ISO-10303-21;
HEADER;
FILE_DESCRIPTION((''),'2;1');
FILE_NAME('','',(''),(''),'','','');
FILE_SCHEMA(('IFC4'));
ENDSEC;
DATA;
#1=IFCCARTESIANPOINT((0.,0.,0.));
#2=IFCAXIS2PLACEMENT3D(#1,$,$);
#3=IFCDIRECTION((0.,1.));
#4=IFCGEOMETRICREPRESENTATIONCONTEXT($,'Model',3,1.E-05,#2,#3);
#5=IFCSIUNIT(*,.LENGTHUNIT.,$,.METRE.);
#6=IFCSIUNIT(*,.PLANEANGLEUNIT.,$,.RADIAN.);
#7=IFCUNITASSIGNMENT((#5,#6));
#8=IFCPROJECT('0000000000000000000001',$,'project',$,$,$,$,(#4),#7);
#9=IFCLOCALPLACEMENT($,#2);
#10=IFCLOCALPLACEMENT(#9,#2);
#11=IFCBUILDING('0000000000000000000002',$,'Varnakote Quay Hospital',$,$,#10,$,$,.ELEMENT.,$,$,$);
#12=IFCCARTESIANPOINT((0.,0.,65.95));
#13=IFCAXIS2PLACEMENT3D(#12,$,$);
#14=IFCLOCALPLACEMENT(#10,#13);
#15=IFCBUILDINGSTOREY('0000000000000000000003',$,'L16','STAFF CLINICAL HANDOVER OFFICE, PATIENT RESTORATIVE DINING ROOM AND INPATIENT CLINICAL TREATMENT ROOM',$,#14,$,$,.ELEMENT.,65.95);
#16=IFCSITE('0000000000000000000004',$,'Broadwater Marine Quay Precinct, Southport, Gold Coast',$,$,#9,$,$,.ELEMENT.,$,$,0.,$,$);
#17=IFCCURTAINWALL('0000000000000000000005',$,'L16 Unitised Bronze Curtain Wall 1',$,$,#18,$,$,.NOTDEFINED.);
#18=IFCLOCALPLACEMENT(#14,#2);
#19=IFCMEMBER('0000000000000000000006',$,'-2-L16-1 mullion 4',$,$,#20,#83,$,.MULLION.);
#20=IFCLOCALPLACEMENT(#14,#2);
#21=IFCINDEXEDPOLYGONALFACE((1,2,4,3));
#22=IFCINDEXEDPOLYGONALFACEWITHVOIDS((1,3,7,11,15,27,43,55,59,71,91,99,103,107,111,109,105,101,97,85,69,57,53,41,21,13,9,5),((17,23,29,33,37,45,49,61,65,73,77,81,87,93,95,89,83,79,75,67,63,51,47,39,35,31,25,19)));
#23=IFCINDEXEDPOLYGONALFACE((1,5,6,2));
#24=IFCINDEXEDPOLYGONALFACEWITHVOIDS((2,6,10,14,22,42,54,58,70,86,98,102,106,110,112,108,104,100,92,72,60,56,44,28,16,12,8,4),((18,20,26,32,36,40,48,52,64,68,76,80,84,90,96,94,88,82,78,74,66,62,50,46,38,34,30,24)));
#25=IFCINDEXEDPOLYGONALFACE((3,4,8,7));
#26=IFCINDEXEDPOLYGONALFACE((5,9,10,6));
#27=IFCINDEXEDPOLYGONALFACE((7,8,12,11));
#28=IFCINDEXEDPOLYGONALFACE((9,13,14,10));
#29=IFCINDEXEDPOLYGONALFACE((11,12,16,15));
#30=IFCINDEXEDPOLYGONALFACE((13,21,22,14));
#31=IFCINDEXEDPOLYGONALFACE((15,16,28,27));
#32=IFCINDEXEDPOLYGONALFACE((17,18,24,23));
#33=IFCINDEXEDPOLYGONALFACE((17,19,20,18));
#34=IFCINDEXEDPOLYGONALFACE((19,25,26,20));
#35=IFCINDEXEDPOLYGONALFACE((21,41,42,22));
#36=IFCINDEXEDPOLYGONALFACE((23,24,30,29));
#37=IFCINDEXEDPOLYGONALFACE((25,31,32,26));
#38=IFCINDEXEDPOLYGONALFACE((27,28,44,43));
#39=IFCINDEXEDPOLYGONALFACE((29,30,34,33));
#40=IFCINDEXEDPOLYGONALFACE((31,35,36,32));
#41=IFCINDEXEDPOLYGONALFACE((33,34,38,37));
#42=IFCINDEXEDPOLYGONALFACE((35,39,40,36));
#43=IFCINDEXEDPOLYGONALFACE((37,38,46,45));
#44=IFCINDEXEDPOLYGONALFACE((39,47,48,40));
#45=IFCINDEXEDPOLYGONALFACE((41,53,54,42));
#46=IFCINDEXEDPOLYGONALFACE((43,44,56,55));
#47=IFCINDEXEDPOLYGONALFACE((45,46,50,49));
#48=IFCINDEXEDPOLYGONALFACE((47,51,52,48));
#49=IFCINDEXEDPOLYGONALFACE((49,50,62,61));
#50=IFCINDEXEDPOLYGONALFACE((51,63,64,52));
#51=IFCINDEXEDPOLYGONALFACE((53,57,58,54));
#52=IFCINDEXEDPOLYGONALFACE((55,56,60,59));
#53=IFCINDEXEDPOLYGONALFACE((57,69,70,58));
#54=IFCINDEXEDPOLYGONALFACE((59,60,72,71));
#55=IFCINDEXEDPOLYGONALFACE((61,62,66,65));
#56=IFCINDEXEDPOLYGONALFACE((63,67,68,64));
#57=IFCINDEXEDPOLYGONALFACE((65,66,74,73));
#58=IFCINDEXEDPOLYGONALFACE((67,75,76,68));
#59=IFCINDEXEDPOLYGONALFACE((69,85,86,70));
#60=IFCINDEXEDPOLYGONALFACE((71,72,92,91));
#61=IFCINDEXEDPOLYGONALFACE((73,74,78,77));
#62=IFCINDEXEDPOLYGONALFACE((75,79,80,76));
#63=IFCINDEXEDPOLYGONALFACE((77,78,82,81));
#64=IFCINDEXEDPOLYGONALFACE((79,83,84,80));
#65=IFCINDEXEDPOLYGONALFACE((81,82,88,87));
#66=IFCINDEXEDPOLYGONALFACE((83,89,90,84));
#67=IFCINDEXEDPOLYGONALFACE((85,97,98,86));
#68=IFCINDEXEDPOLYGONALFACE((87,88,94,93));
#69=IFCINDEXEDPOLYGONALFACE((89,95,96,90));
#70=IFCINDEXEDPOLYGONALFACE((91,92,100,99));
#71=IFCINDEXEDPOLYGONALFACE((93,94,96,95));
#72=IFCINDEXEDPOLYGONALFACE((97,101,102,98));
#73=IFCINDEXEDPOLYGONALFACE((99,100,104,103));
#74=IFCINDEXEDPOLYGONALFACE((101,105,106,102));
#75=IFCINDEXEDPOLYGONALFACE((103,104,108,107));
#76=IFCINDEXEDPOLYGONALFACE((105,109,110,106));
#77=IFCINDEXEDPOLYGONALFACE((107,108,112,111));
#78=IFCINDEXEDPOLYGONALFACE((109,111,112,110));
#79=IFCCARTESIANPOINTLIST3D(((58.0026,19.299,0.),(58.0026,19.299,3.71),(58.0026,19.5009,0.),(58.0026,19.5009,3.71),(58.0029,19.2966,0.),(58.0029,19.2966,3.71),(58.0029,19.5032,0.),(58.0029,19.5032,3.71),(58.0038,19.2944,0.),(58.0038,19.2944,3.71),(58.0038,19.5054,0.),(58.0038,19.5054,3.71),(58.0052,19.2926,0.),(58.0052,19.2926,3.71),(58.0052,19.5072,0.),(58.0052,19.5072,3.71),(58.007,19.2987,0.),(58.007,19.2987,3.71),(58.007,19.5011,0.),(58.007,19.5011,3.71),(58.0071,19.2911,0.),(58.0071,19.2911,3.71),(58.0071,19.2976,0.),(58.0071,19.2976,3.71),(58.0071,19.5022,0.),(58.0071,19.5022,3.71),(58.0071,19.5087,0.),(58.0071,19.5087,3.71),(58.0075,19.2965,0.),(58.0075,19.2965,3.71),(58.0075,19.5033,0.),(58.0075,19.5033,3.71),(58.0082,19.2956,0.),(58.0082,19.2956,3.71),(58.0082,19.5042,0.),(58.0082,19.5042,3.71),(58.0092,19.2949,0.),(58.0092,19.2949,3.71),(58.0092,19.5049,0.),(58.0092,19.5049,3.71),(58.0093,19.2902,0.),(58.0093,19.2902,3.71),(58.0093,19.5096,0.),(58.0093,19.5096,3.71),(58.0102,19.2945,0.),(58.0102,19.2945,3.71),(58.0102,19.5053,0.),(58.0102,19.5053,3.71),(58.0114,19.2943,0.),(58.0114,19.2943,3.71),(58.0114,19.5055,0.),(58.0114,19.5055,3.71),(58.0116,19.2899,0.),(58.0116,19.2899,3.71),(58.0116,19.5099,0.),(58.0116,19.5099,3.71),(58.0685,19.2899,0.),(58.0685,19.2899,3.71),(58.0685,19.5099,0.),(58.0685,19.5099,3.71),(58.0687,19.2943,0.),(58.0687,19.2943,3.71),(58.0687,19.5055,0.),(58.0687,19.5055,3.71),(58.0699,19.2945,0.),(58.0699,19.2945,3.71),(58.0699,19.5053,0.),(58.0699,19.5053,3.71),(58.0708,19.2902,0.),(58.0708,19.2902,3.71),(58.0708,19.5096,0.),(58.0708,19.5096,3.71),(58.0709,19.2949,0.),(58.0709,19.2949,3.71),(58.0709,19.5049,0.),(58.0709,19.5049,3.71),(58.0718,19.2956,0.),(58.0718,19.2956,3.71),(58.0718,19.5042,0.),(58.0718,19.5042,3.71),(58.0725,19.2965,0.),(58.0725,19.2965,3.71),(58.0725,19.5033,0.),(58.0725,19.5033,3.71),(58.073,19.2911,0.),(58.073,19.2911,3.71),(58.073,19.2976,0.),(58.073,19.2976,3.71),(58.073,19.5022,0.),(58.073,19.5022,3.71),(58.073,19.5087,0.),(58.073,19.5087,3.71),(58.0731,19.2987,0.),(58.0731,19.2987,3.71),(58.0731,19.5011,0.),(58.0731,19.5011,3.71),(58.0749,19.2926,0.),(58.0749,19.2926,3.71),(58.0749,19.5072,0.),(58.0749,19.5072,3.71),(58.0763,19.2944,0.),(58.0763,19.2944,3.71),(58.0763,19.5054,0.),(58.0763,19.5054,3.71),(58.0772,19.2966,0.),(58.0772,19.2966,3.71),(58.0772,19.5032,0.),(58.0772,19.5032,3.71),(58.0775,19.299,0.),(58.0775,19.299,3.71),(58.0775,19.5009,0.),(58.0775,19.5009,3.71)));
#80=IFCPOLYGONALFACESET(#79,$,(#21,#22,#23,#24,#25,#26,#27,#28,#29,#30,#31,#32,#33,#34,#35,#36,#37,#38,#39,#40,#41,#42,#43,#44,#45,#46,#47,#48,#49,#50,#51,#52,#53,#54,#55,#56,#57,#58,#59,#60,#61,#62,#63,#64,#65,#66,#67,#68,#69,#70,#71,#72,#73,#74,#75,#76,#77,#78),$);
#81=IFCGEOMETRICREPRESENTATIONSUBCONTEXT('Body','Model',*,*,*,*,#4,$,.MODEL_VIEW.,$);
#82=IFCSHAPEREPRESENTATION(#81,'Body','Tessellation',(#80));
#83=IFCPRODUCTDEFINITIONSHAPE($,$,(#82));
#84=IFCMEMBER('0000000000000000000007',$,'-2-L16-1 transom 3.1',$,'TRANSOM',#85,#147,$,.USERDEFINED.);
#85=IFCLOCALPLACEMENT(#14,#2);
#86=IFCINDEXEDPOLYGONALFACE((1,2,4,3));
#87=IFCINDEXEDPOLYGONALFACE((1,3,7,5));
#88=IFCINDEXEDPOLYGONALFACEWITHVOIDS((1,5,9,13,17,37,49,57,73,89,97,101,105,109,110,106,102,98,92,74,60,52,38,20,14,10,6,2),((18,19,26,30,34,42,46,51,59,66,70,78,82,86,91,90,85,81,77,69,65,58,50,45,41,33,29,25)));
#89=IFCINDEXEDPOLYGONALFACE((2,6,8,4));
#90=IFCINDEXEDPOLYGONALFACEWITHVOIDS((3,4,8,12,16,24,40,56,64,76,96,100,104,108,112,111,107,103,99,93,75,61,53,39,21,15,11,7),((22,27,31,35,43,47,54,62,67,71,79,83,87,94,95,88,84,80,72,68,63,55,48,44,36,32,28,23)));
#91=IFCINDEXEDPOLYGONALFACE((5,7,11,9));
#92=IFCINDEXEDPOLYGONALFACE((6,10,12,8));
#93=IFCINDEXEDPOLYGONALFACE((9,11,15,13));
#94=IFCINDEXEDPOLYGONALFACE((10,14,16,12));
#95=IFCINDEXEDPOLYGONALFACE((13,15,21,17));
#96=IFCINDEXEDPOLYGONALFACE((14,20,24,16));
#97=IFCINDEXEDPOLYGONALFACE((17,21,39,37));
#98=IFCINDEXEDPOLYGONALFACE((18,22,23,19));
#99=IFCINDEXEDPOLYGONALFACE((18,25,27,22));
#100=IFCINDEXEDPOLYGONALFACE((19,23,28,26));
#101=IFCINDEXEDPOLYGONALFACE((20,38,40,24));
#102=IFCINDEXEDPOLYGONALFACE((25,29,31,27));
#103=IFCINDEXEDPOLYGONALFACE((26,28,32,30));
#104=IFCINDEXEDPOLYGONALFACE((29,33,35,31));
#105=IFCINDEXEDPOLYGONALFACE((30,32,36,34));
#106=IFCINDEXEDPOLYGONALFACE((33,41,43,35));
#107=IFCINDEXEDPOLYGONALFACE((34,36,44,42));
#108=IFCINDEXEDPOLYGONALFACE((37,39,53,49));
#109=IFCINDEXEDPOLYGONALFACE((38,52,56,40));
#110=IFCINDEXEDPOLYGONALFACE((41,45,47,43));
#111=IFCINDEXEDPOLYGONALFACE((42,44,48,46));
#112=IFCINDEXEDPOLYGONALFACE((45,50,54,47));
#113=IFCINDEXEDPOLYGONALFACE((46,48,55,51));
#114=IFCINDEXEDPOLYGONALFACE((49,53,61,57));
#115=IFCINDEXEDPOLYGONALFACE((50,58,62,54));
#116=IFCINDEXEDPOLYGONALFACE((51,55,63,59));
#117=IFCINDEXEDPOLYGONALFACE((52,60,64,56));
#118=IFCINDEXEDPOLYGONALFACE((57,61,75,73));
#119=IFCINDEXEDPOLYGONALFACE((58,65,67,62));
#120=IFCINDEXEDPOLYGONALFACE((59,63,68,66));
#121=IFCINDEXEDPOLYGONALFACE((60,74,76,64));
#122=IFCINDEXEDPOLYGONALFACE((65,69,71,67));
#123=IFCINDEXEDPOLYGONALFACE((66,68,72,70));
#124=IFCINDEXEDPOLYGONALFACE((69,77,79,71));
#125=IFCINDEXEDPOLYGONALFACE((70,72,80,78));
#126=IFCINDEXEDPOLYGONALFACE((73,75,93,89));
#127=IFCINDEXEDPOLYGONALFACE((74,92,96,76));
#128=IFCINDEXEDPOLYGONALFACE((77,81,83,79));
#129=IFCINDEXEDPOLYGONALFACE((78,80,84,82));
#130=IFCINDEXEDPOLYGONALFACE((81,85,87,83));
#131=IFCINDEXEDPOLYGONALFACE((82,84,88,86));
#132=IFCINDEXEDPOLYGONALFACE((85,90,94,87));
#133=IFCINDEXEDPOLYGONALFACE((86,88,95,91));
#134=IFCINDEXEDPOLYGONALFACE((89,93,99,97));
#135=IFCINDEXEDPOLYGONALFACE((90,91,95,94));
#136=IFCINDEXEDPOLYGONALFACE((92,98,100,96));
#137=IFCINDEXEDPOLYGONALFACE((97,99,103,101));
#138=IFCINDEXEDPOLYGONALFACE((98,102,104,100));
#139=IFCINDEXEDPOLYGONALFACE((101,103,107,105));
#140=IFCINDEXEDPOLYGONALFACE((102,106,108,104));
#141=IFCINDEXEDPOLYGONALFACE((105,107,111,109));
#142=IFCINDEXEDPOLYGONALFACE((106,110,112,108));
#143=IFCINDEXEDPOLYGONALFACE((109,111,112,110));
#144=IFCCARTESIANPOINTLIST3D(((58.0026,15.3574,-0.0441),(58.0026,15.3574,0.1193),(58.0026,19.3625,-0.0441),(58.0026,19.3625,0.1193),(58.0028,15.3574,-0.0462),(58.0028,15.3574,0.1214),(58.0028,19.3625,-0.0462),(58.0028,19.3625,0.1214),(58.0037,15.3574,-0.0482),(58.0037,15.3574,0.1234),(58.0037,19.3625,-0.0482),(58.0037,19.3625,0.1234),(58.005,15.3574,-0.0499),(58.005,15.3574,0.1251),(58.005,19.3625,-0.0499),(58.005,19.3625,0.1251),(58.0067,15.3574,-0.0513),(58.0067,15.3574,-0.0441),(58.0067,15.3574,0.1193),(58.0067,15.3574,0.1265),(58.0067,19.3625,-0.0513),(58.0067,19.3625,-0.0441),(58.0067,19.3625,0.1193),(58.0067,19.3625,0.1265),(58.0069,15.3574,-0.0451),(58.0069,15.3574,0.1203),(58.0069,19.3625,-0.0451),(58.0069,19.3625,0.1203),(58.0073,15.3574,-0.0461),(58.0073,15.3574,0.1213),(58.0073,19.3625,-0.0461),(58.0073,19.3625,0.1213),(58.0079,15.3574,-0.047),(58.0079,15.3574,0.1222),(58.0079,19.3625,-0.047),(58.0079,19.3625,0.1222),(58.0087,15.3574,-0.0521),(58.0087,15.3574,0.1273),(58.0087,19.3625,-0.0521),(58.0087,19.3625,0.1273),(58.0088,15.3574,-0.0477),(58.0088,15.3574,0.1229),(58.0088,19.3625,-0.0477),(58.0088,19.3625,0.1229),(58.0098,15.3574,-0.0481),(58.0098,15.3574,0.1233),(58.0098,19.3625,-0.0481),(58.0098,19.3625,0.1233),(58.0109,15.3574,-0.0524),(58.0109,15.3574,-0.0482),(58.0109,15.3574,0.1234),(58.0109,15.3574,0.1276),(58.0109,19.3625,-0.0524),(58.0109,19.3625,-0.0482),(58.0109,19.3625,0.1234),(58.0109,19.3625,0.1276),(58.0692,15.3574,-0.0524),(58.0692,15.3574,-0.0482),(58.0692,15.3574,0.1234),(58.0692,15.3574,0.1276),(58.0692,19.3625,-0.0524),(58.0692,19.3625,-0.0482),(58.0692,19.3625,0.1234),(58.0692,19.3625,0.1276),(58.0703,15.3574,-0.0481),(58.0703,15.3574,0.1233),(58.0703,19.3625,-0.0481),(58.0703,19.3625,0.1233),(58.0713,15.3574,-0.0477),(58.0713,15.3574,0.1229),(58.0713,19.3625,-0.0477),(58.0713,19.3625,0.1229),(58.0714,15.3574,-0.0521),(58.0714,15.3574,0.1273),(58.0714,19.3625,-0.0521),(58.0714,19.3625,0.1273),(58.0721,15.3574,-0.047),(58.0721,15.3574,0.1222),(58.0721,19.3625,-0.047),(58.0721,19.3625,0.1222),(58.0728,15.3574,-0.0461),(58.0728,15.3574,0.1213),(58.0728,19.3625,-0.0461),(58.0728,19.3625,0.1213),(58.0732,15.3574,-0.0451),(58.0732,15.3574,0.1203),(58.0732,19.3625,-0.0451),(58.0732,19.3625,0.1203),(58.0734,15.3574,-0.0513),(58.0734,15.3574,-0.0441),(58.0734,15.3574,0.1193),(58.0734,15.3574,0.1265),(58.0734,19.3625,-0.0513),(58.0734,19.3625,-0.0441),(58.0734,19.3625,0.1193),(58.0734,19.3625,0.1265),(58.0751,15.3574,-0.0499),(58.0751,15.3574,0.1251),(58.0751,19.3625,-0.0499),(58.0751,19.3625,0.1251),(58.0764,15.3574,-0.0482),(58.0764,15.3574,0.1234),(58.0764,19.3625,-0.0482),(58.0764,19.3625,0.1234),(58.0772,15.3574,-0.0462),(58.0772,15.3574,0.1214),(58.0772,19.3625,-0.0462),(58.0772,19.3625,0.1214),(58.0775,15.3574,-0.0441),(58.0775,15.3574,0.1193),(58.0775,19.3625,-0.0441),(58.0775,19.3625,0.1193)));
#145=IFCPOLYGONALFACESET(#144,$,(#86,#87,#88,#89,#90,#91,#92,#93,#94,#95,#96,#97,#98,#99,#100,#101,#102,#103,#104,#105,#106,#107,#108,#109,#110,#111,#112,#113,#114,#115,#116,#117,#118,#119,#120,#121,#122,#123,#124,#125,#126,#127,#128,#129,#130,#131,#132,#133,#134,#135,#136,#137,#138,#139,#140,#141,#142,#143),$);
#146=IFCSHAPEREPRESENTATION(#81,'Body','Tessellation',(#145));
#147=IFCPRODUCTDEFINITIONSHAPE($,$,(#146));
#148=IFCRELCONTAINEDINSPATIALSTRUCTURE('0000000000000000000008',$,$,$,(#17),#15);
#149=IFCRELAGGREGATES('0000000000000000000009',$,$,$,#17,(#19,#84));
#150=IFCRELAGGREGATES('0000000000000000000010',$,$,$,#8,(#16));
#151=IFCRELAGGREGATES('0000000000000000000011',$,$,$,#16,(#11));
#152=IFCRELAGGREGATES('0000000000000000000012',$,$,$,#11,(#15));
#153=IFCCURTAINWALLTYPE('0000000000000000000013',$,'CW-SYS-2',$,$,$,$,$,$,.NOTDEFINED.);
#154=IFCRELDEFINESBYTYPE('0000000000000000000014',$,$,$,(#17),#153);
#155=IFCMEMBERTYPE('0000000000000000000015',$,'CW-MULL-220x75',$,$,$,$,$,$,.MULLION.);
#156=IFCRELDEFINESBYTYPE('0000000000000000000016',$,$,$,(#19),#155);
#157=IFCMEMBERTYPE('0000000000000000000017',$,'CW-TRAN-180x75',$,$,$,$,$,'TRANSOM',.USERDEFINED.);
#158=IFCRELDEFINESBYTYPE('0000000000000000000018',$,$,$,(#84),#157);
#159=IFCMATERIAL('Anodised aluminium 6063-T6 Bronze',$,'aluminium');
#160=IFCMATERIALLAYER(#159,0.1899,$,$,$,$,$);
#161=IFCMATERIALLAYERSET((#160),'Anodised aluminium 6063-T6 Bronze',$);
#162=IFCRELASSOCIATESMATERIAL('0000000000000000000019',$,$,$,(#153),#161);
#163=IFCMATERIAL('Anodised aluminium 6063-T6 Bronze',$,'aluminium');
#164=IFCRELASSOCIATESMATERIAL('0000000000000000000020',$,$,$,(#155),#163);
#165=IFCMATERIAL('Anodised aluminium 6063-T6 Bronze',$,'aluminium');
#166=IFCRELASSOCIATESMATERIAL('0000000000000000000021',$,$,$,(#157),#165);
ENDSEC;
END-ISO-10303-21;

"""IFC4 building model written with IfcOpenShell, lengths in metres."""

from ifc_helpers import new_model, si_unit, direction, frame, origin, origin_2d, place, context, subcontext, project, spatial, hollow_rectangle, extrude, material, layer, layer_set, material_profile, profile_set, type_object, element, aggregate, save


model = new_model("IFC4")

# Units and contexts
model_context = context("Model", 3, precision=1e-05, world=origin(), true_north=direction((0.0, 1.0)))
body_context = subcontext(model_context, "Body", "Model", "MODEL_VIEW")
ifc_project = project(units=[si_unit("LENGTHUNIT", "METRE"), si_unit("PLANEANGLEUNIT", "RADIAN")], contexts=[model_context])

# Site, building, storey
site_placement = place(None, origin())
site = spatial("IfcSite", under=ifc_project, at=site_placement, Name="Broadwater Marine Quay Precinct, Southport, Gold Coast", CompositionType="ELEMENT", RefElevation=0.0)
building_placement = place(site_placement, origin())
building = spatial("IfcBuilding", under=site, at=building_placement, Name="Varnakote Quay Hospital", CompositionType="ELEMENT")
storey_placement = place(building_placement, frame((0.0, 0.0, 65.95)))
storey = spatial("IfcBuildingStorey", under=building, at=storey_placement, Name="L16", Description="STAFF CLINICAL HANDOVER OFFICE, PATIENT RESTORATIVE DINING ROOM AND INPATIENT CLINICAL TREATMENT ROOM", CompositionType="ELEMENT", Elevation=65.95)

# Curtain wall, members
ifc_material_1 = material(Name="Anodised aluminium 6063-T6 Bronze", Category="aluminium")
ifc_layer_1 = layer(ifc_material_1, 0.1899)
ifc_layer_set_1 = layer_set([ifc_layer_1], Name="Anodised aluminium 6063-T6 Bronze")
curtain_wall_type = type_object("IfcCurtainWallType", Name="CW-SYS-2", PredefinedType="NOTDEFINED", material=ifc_layer_set_1)
curtain_wall_placement = place(storey_placement, origin())
curtain_wall = element("IfcCurtainWall", 1, at=curtain_wall_placement, inside=storey, type_object=curtain_wall_type, Name="L16 Unitised Bronze Curtain Wall 1", PredefinedType="NOTDEFINED")
ifc_material_2 = material(Name="Anodised aluminium 6063-T6 Bronze", Category="aluminium")
ifc_material_profile_1 = material_profile(ifc_material_2, hollow_rectangle(XDim=0.075, YDim=0.22, WallThickness=0.0044, InnerFilletRadius=0.0044, OuterFilletRadius=0.009, at=origin_2d()), Name="CW-MULL-220x75")
ifc_profile_set_1 = profile_set([ifc_material_profile_1], Name="Anodised aluminium 6063-T6 Bronze")
member_type_1 = type_object("IfcMemberType", Name="CW-MULL-220x75", PredefinedType="MULLION", material=ifc_profile_set_1)
member_1_placement = place(storey_placement, frame((58.04, 19.3999, 0.0), z_axis=(0.0, 0.0, 1.0), x_axis=(-1.0, 0.0, 0.0)))
member_1 = element("IfcMember", 2, at=member_1_placement, type_object=member_type_1, Name="-2-L16-1 mullion 4", PredefinedType="MULLION", context=body_context, shape_type="SweptSolid", body=[
    extrude(hollow_rectangle(XDim=0.075, YDim=0.22, WallThickness=0.0044, InnerFilletRadius=0.0044, OuterFilletRadius=0.009, at=origin_2d()), origin(), (0.0, 0.0, 1.0), 3.71),
])
ifc_material_3 = material(Name="Anodised aluminium 6063-T6 Bronze", Category="aluminium")
ifc_material_profile_2 = material_profile(ifc_material_3, hollow_rectangle(XDim=0.075, YDim=0.1799, WallThickness=0.0042, InnerFilletRadius=0.0042, OuterFilletRadius=0.0083, at=origin_2d()), Name="CW-TRAN-180x75")
ifc_profile_set_2 = profile_set([ifc_material_profile_2], Name="Anodised aluminium 6063-T6 Bronze")
member_type_2 = type_object("IfcMemberType", Name="CW-TRAN-180x75", ElementType="TRANSOM", PredefinedType="USERDEFINED", material=ifc_profile_set_2)
member_2_placement = place(storey_placement, frame((58.04, 15.3574, 0.0376), z_axis=(0.0, 1.0, 0.0), x_axis=(-1.0, 0.0, 0.0)))
member_2 = element("IfcMember", 3, at=member_2_placement, type_object=member_type_2, Name="-2-L16-1 transom 3.1", ObjectType="TRANSOM", PredefinedType="USERDEFINED", context=body_context, shape_type="SweptSolid", body=[
    extrude(hollow_rectangle(XDim=0.075, YDim=0.1799, WallThickness=0.0042, InnerFilletRadius=0.0042, OuterFilletRadius=0.0083, at=origin_2d()), origin(), (0.0, 0.0, 1.0), 4.0051),
])
aggregate(curtain_wall, [member_1, member_2])

save(model, "model.ifc")
